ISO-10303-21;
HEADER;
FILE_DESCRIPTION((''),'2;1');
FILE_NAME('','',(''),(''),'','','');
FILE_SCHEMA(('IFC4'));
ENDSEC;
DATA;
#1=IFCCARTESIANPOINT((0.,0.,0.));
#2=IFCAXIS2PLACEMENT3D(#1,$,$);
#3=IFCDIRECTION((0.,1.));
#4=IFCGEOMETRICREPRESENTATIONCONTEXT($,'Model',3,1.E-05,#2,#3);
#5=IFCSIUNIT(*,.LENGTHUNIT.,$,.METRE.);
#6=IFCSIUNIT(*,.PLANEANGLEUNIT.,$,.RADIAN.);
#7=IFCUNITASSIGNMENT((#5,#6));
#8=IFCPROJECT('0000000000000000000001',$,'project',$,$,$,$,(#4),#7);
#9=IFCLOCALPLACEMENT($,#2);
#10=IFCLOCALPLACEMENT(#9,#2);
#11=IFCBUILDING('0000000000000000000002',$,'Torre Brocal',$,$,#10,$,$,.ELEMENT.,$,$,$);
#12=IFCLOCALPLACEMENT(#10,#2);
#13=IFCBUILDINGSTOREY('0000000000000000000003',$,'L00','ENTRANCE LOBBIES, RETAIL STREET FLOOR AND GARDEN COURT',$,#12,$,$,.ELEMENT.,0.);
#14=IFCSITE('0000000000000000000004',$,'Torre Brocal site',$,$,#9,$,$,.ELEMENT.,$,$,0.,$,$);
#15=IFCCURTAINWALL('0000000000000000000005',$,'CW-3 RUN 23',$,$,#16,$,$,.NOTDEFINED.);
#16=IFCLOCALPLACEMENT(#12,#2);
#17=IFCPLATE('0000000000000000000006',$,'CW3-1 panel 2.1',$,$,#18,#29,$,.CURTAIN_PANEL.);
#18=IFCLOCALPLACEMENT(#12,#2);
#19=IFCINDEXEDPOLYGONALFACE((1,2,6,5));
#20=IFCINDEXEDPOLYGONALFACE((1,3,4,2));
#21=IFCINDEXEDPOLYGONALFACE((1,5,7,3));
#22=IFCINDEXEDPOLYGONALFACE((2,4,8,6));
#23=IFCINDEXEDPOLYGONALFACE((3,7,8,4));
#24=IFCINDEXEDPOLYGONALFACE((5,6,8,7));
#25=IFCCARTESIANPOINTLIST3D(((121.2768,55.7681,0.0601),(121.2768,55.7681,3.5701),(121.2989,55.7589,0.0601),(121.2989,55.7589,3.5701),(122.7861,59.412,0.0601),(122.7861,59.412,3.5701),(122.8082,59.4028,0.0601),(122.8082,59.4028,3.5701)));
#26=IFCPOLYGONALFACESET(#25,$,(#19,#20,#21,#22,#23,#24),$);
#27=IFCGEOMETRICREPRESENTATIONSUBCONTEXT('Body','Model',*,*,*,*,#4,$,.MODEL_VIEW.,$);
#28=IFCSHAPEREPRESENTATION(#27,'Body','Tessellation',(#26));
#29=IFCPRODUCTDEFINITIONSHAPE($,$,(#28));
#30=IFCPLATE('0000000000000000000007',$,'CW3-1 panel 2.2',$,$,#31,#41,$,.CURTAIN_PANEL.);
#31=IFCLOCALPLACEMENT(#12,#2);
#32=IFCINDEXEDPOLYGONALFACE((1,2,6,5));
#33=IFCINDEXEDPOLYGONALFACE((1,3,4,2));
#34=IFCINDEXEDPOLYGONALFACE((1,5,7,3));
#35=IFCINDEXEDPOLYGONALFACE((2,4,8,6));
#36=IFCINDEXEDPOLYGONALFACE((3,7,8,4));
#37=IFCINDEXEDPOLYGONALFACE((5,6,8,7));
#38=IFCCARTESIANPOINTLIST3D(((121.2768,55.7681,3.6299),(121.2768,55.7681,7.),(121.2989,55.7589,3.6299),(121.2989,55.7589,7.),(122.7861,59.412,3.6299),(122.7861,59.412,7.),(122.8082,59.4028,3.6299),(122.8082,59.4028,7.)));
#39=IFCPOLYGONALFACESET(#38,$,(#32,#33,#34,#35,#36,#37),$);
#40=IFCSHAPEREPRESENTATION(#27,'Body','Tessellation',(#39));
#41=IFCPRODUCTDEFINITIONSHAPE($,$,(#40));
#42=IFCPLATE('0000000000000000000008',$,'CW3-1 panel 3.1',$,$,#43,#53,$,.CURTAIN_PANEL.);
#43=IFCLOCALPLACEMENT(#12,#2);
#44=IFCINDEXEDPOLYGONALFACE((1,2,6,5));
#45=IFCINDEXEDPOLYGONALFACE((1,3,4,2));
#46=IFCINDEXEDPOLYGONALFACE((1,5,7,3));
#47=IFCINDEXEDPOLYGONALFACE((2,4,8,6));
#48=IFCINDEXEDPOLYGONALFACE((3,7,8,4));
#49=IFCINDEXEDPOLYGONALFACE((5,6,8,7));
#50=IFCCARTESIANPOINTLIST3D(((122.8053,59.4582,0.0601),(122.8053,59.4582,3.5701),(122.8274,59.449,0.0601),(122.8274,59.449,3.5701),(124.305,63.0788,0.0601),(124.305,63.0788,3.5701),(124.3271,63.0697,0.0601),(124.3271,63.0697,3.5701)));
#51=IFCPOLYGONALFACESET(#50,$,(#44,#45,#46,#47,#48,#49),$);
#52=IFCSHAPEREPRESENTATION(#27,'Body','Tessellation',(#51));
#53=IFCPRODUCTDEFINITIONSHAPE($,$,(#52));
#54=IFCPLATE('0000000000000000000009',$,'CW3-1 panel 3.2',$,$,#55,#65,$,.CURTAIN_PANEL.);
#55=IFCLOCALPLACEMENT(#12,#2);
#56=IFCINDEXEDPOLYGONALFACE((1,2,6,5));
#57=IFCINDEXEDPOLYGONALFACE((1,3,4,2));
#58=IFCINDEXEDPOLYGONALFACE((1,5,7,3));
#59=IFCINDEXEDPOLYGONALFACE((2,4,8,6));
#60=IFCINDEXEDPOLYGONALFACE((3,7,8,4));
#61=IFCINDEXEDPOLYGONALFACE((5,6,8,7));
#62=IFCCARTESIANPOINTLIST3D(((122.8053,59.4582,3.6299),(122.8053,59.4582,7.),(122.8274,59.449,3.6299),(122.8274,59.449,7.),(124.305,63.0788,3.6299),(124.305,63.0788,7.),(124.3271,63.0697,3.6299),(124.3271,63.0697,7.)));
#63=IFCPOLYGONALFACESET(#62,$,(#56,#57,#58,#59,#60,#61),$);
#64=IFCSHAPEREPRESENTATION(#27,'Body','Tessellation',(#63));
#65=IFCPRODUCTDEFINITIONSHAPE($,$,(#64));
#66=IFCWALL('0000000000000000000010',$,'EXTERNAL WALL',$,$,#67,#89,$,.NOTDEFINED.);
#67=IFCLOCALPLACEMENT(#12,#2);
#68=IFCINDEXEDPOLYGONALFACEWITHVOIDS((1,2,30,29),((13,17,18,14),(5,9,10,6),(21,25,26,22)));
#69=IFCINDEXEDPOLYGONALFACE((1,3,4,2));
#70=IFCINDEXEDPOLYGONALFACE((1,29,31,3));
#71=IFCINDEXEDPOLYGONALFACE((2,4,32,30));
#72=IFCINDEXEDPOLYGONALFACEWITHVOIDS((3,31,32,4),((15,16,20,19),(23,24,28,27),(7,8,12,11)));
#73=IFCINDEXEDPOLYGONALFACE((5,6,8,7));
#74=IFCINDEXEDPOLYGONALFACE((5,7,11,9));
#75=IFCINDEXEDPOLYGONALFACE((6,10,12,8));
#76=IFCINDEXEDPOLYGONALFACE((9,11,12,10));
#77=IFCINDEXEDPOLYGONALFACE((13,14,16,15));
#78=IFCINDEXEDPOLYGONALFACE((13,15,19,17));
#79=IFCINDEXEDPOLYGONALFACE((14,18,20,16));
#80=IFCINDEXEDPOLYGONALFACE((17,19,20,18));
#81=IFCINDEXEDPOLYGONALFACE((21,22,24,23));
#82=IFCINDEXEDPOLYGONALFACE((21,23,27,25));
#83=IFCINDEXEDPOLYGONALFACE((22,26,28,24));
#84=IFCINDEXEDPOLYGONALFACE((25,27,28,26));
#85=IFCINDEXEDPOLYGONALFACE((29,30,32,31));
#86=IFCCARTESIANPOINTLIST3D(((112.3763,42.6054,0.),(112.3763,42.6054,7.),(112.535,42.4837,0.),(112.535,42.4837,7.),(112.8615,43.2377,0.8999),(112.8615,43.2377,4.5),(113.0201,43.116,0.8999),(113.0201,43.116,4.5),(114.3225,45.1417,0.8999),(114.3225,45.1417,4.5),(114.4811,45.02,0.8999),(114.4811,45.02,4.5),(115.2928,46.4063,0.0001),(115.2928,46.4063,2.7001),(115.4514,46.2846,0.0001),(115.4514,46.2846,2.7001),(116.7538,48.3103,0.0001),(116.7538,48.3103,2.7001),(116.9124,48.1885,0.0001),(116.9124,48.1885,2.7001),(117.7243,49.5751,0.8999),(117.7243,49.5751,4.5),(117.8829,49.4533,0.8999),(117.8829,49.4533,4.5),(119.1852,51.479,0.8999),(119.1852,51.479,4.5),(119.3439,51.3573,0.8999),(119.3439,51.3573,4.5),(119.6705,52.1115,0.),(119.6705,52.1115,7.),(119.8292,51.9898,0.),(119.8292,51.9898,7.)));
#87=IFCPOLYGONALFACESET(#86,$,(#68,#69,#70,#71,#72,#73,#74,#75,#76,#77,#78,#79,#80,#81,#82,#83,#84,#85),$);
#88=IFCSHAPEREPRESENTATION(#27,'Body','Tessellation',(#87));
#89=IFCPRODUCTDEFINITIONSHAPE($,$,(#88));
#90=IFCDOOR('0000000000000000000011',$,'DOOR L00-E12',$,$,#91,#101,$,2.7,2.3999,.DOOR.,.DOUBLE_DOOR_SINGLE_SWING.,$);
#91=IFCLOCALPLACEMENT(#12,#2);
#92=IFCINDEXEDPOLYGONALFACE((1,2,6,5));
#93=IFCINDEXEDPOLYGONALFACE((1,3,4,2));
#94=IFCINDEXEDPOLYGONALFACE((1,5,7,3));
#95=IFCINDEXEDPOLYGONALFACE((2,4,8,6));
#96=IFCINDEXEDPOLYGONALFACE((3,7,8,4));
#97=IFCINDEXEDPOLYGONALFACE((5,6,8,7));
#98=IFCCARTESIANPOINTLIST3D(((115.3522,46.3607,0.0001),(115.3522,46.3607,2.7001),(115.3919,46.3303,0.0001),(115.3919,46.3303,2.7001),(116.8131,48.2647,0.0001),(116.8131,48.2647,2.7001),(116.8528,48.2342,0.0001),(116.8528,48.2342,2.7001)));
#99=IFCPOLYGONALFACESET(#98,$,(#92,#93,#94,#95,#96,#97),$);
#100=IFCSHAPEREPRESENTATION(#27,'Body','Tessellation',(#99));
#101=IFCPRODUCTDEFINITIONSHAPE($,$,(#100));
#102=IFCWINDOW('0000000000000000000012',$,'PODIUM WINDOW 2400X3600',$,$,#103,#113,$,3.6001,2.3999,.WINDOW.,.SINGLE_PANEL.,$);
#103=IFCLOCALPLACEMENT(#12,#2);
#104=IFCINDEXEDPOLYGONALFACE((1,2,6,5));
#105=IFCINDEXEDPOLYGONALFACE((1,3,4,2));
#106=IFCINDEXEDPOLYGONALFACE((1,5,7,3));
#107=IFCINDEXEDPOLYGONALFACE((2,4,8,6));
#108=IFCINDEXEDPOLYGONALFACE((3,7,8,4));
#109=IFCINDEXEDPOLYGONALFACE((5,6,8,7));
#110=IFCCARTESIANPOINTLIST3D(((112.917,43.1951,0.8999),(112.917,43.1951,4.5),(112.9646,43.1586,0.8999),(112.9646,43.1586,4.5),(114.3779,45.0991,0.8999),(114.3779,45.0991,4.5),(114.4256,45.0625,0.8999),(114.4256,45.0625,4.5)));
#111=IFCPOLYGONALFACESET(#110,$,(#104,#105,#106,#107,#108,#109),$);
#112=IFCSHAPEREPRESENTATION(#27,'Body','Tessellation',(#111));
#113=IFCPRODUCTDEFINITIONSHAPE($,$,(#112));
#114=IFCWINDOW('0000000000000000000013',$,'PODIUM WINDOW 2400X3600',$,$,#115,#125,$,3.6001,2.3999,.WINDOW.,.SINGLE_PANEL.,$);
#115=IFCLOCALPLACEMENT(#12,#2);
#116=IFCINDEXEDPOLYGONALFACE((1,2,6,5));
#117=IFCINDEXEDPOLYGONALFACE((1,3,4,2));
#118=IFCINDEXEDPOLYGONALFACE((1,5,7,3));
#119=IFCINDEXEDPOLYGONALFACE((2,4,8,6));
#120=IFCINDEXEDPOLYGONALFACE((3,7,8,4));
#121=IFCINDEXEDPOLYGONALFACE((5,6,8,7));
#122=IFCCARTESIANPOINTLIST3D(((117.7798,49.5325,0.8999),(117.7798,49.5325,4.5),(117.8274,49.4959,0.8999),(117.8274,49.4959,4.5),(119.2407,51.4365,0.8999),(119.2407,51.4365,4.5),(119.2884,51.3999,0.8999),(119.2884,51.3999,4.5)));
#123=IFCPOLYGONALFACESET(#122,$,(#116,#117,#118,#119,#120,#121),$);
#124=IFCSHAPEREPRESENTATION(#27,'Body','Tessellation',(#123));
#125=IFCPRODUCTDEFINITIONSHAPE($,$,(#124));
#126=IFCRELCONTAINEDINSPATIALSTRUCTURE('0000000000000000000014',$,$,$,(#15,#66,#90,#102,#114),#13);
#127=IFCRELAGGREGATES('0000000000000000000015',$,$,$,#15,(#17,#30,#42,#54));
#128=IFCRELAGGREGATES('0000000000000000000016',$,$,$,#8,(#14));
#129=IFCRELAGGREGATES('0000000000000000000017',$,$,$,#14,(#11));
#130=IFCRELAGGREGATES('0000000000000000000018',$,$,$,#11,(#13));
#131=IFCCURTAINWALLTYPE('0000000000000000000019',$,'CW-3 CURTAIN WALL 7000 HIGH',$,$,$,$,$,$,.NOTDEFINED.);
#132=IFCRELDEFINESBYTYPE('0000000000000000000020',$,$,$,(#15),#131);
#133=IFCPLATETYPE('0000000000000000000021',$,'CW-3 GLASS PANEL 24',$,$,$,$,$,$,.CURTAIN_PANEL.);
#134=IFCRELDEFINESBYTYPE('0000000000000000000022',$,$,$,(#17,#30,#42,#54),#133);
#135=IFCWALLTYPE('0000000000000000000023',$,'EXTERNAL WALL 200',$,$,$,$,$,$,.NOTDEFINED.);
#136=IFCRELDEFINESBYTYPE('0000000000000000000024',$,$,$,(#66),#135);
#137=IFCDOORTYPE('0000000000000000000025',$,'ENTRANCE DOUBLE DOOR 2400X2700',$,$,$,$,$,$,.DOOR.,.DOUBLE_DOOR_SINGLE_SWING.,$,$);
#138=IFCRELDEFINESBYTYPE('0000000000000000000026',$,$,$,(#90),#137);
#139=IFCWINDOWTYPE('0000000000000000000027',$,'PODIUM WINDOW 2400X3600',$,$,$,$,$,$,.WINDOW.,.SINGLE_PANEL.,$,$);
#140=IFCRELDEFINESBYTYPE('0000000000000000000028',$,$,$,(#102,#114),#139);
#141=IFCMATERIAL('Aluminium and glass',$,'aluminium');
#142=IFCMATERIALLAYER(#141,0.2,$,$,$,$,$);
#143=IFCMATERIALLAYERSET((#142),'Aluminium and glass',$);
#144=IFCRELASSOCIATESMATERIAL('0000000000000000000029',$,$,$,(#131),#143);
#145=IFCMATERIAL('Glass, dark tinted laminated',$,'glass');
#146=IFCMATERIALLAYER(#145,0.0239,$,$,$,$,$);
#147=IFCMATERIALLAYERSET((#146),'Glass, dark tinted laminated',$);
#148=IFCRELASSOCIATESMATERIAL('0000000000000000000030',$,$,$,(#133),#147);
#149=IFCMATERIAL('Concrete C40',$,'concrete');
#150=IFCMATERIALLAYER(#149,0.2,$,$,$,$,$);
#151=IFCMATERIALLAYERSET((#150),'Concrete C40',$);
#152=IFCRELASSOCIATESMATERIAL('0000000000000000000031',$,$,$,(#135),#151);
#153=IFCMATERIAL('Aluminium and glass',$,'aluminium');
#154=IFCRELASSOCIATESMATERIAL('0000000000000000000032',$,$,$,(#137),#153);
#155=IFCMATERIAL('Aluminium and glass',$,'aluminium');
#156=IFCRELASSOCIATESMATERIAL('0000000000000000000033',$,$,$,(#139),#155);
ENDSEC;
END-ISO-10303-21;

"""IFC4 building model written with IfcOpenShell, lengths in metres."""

from ifc_helpers import new_model, si_unit, direction, frame, frame_2d, origin, origin_2d, place, context, subcontext, project, spatial, rectangle, extrude, material, layer, layer_set, type_object, element, fill, aggregate, save


model = new_model("IFC4")

# Units and contexts
model_context = context("Model", 3, precision=1e-05, world=origin(), true_north=direction((0.0, 1.0)))
body_context = subcontext(model_context, "Body", "Model", "MODEL_VIEW")
ifc_project = project(units=[si_unit("LENGTHUNIT", "METRE"), si_unit("PLANEANGLEUNIT", "RADIAN")], contexts=[model_context])

# Site, building, storey
site_placement = place(None, origin())
site = spatial("IfcSite", under=ifc_project, at=site_placement, Name="Torre Brocal site", CompositionType="ELEMENT", RefElevation=0.0)
building_placement = place(site_placement, origin())
building = spatial("IfcBuilding", under=site, at=building_placement, Name="Torre Brocal", CompositionType="ELEMENT")
storey_placement = place(building_placement, origin())
storey = spatial("IfcBuildingStorey", under=building, at=storey_placement, Name="L00", Description="ENTRANCE LOBBIES, RETAIL STREET FLOOR AND GARDEN COURT", CompositionType="ELEMENT", Elevation=0.0)

# Curtain wall
ifc_material_1 = material(Name="Aluminium and glass", Category="aluminium")
ifc_layer_1 = layer(ifc_material_1, 0.2)
ifc_layer_set_1 = layer_set([ifc_layer_1], Name="Aluminium and glass")
curtain_wall_type = type_object("IfcCurtainWallType", Name="CW-3 CURTAIN WALL 7000 HIGH", PredefinedType="NOTDEFINED", material=ifc_layer_set_1)
curtain_wall_placement = place(storey_placement, origin())
curtain_wall = element("IfcCurtainWall", 1, at=curtain_wall_placement, inside=storey, type_object=curtain_wall_type, Name="CW-3 RUN 23", PredefinedType="NOTDEFINED")

# Plates
ifc_material_2 = material(Name="Glass, dark tinted laminated", Category="glass")
ifc_layer_2 = layer(ifc_material_2, 0.0239)
ifc_layer_set_2 = layer_set([ifc_layer_2], Name="Glass, dark tinted laminated")
plate_type = type_object("IfcPlateType", Name="CW-3 GLASS PANEL 24", PredefinedType="CURTAIN_PANEL", material=ifc_layer_set_2)
plate_1_placement = place(storey_placement, frame((122.0425, 57.5854, 0.0601), z_axis=(0.0, 0.0, 1.0), x_axis=(0.382683, 0.92388, 0.0)))
plate_1 = element("IfcPlate", 2, at=plate_1_placement, type_object=plate_type, Name="CW3-1 panel 2.1", PredefinedType="CURTAIN_PANEL", context=body_context, shape_type="SweptSolid", body=[
    extrude(rectangle(XDim=3.9441, YDim=0.0239, at=origin_2d()), origin(), (0.0, 0.0, 1.0), 3.51),
])
plate_2_placement = place(storey_placement, frame((122.0425, 57.5854, 3.6299), z_axis=(0.0, 0.0, 1.0), x_axis=(0.382683, 0.92388, 0.0)))
plate_2 = element("IfcPlate", 3, at=plate_2_placement, type_object=plate_type, Name="CW3-1 panel 2.2", PredefinedType="CURTAIN_PANEL", context=body_context, shape_type="SweptSolid", body=[
    extrude(rectangle(XDim=3.9441, YDim=0.0239, at=origin_2d()), origin(), (0.0, 0.0, 1.0), 3.3701),
])
plate_3_placement = place(storey_placement, frame((123.5662, 61.2639, 0.0601), z_axis=(0.0, 0.0, 1.0), x_axis=(0.382683, 0.92388, 0.0)))
plate_3 = element("IfcPlate", 4, at=plate_3_placement, type_object=plate_type, Name="CW3-1 panel 3.1", PredefinedType="CURTAIN_PANEL", context=body_context, shape_type="SweptSolid", body=[
    extrude(rectangle(XDim=3.9189, YDim=0.0239, at=origin_2d()), origin(), (0.0, 0.0, 1.0), 3.51),
])
plate_4_placement = place(storey_placement, frame((123.5662, 61.2639, 3.6299), z_axis=(0.0, 0.0, 1.0), x_axis=(0.382683, 0.92388, 0.0)))
plate_4 = element("IfcPlate", 5, at=plate_4_placement, type_object=plate_type, Name="CW3-1 panel 3.2", PredefinedType="CURTAIN_PANEL", context=body_context, shape_type="SweptSolid", body=[
    extrude(rectangle(XDim=3.9189, YDim=0.0239, at=origin_2d()), origin(), (0.0, 0.0, 1.0), 3.3701),
])
aggregate(curtain_wall, [plate_1, plate_2, plate_3, plate_4])

# Wall, openings, door, windows
ifc_material_3 = material(Name="Concrete C40", Category="concrete")
ifc_layer_3 = layer(ifc_material_3, 0.2)
ifc_layer_set_3 = layer_set([ifc_layer_3], Name="Concrete C40")
wall_type = type_object("IfcWallType", Name="EXTERNAL WALL 200", PredefinedType="NOTDEFINED", material=ifc_layer_set_3)
wall_placement = place(storey_placement, frame((112.4556, 42.5444, 0.0), z_axis=(0.0, 0.0, 1.0), x_axis=(0.608756, 0.793357, 0.0)))
wall = element("IfcWall", 6, at=wall_placement, inside=storey, type_object=wall_type, Name="EXTERNAL WALL", PredefinedType="NOTDEFINED", context=body_context, shape_type="SweptSolid", body=[
    extrude(rectangle(XDim=11.9822, YDim=0.2, at=frame_2d((5.9912, 0.0))), origin(), (0.0, 0.0, 1.0), 7.0),
])
opening_1_placement = place(wall_placement, frame((0.7971, 0.0, 0.8999)))
opening_1 = element("IfcOpeningElement", 7, at=opening_1_placement, cuts=wall, PredefinedType="OPENING", context=body_context, shape_type="SweptSolid", body=[
    extrude(rectangle(XDim=2.3999, YDim=3.6001, at=frame_2d((1.2, 1.8))), frame((0.0, 0.1099, 0.0), z_axis=(0.0, -1.0, 0.0), x_axis=(1.0, 0.0, 0.0)), (0.0, 0.0, 1.0), 0.22),
])
opening_2_placement = place(wall_placement, frame((4.791, 0.0, 0.0)))
opening_2 = element("IfcOpeningElement", 8, at=opening_2_placement, cuts=wall, PredefinedType="OPENING", context=body_context, shape_type="SweptSolid", body=[
    extrude(rectangle(XDim=2.3999, YDim=2.7, at=frame_2d((1.2, 1.3501))), frame((0.0, 0.1099, 0.0), z_axis=(0.0, -1.0, 0.0), x_axis=(1.0, 0.0, 0.0)), (0.0, 0.0, 1.0), 0.22),
])
opening_3_placement = place(wall_placement, frame((8.7852, 0.0, 0.8999)))
opening_3 = element("IfcOpeningElement", 9, at=opening_3_placement, cuts=wall, PredefinedType="OPENING", context=body_context, shape_type="SweptSolid", body=[
    extrude(rectangle(XDim=2.3999, YDim=3.6001, at=frame_2d((1.2, 1.8))), frame((0.0, 0.1099, 0.0), z_axis=(0.0, -1.0, 0.0), x_axis=(1.0, 0.0, 0.0)), (0.0, 0.0, 1.0), 0.22),
])
ifc_material_4 = material(Name="Aluminium and glass", Category="aluminium")
door_type = type_object("IfcDoorType", Name="ENTRANCE DOUBLE DOOR 2400X2700", OperationType="DOUBLE_DOOR_SINGLE_SWING", PredefinedType="DOOR", material=ifc_material_4)
door_placement = place(opening_2_placement, frame((2.3999, 0.0, 0.0), z_axis=(0.0, 0.0, 1.0), x_axis=(-1.0, 0.0, 0.0)))
door = element("IfcDoor", 10, at=door_placement, inside=storey, type_object=door_type, Name="DOOR L00-E12", OperationType="DOUBLE_DOOR_SINGLE_SWING", OverallHeight=2.7, OverallWidth=2.3999, PredefinedType="DOOR", context=body_context, shape_type="SweptSolid", body=[
    extrude(rectangle(XDim=2.3999, YDim=2.7, at=frame_2d((1.2, 1.3501))), frame((0.0, 0.0249, 0.0), z_axis=(0.0, -1.0, 0.0), x_axis=(1.0, 0.0, 0.0)), (0.0, 0.0, 1.0), 0.05),
])
fill(opening_2, door)
ifc_material_5 = material(Name="Aluminium and glass", Category="aluminium")
window_type = type_object("IfcWindowType", Name="PODIUM WINDOW 2400X3600", PartitioningType="SINGLE_PANEL", PredefinedType="WINDOW", material=ifc_material_5)
window_1_placement = place(opening_1_placement, origin())
window_1 = element("IfcWindow", 11, at=window_1_placement, inside=storey, type_object=window_type, Name="PODIUM WINDOW 2400X3600", OverallHeight=3.6001, OverallWidth=2.3999, PartitioningType="SINGLE_PANEL", PredefinedType="WINDOW", context=body_context, shape_type="SweptSolid", body=[
    extrude(rectangle(XDim=2.3999, YDim=3.6001, at=frame_2d((1.2, 1.8))), frame((0.0, 0.03, 0.0), z_axis=(0.0, -1.0, 0.0), x_axis=(1.0, 0.0, 0.0)), (0.0, 0.0, 1.0), 0.0601),
])
fill(opening_1, window_1)
window_2_placement = place(opening_3_placement, origin())
window_2 = element("IfcWindow", 12, at=window_2_placement, inside=storey, type_object=window_type, Name="PODIUM WINDOW 2400X3600", OverallHeight=3.6001, OverallWidth=2.3999, PartitioningType="SINGLE_PANEL", PredefinedType="WINDOW", context=body_context, shape_type="SweptSolid", body=[
    extrude(rectangle(XDim=2.3999, YDim=3.6001, at=frame_2d((1.2, 1.8))), frame((0.0, 0.03, 0.0), z_axis=(0.0, -1.0, 0.0), x_axis=(1.0, 0.0, 0.0)), (0.0, 0.0, 1.0), 0.0601),
])
fill(opening_3, window_2)

save(model, "model.ifc")
